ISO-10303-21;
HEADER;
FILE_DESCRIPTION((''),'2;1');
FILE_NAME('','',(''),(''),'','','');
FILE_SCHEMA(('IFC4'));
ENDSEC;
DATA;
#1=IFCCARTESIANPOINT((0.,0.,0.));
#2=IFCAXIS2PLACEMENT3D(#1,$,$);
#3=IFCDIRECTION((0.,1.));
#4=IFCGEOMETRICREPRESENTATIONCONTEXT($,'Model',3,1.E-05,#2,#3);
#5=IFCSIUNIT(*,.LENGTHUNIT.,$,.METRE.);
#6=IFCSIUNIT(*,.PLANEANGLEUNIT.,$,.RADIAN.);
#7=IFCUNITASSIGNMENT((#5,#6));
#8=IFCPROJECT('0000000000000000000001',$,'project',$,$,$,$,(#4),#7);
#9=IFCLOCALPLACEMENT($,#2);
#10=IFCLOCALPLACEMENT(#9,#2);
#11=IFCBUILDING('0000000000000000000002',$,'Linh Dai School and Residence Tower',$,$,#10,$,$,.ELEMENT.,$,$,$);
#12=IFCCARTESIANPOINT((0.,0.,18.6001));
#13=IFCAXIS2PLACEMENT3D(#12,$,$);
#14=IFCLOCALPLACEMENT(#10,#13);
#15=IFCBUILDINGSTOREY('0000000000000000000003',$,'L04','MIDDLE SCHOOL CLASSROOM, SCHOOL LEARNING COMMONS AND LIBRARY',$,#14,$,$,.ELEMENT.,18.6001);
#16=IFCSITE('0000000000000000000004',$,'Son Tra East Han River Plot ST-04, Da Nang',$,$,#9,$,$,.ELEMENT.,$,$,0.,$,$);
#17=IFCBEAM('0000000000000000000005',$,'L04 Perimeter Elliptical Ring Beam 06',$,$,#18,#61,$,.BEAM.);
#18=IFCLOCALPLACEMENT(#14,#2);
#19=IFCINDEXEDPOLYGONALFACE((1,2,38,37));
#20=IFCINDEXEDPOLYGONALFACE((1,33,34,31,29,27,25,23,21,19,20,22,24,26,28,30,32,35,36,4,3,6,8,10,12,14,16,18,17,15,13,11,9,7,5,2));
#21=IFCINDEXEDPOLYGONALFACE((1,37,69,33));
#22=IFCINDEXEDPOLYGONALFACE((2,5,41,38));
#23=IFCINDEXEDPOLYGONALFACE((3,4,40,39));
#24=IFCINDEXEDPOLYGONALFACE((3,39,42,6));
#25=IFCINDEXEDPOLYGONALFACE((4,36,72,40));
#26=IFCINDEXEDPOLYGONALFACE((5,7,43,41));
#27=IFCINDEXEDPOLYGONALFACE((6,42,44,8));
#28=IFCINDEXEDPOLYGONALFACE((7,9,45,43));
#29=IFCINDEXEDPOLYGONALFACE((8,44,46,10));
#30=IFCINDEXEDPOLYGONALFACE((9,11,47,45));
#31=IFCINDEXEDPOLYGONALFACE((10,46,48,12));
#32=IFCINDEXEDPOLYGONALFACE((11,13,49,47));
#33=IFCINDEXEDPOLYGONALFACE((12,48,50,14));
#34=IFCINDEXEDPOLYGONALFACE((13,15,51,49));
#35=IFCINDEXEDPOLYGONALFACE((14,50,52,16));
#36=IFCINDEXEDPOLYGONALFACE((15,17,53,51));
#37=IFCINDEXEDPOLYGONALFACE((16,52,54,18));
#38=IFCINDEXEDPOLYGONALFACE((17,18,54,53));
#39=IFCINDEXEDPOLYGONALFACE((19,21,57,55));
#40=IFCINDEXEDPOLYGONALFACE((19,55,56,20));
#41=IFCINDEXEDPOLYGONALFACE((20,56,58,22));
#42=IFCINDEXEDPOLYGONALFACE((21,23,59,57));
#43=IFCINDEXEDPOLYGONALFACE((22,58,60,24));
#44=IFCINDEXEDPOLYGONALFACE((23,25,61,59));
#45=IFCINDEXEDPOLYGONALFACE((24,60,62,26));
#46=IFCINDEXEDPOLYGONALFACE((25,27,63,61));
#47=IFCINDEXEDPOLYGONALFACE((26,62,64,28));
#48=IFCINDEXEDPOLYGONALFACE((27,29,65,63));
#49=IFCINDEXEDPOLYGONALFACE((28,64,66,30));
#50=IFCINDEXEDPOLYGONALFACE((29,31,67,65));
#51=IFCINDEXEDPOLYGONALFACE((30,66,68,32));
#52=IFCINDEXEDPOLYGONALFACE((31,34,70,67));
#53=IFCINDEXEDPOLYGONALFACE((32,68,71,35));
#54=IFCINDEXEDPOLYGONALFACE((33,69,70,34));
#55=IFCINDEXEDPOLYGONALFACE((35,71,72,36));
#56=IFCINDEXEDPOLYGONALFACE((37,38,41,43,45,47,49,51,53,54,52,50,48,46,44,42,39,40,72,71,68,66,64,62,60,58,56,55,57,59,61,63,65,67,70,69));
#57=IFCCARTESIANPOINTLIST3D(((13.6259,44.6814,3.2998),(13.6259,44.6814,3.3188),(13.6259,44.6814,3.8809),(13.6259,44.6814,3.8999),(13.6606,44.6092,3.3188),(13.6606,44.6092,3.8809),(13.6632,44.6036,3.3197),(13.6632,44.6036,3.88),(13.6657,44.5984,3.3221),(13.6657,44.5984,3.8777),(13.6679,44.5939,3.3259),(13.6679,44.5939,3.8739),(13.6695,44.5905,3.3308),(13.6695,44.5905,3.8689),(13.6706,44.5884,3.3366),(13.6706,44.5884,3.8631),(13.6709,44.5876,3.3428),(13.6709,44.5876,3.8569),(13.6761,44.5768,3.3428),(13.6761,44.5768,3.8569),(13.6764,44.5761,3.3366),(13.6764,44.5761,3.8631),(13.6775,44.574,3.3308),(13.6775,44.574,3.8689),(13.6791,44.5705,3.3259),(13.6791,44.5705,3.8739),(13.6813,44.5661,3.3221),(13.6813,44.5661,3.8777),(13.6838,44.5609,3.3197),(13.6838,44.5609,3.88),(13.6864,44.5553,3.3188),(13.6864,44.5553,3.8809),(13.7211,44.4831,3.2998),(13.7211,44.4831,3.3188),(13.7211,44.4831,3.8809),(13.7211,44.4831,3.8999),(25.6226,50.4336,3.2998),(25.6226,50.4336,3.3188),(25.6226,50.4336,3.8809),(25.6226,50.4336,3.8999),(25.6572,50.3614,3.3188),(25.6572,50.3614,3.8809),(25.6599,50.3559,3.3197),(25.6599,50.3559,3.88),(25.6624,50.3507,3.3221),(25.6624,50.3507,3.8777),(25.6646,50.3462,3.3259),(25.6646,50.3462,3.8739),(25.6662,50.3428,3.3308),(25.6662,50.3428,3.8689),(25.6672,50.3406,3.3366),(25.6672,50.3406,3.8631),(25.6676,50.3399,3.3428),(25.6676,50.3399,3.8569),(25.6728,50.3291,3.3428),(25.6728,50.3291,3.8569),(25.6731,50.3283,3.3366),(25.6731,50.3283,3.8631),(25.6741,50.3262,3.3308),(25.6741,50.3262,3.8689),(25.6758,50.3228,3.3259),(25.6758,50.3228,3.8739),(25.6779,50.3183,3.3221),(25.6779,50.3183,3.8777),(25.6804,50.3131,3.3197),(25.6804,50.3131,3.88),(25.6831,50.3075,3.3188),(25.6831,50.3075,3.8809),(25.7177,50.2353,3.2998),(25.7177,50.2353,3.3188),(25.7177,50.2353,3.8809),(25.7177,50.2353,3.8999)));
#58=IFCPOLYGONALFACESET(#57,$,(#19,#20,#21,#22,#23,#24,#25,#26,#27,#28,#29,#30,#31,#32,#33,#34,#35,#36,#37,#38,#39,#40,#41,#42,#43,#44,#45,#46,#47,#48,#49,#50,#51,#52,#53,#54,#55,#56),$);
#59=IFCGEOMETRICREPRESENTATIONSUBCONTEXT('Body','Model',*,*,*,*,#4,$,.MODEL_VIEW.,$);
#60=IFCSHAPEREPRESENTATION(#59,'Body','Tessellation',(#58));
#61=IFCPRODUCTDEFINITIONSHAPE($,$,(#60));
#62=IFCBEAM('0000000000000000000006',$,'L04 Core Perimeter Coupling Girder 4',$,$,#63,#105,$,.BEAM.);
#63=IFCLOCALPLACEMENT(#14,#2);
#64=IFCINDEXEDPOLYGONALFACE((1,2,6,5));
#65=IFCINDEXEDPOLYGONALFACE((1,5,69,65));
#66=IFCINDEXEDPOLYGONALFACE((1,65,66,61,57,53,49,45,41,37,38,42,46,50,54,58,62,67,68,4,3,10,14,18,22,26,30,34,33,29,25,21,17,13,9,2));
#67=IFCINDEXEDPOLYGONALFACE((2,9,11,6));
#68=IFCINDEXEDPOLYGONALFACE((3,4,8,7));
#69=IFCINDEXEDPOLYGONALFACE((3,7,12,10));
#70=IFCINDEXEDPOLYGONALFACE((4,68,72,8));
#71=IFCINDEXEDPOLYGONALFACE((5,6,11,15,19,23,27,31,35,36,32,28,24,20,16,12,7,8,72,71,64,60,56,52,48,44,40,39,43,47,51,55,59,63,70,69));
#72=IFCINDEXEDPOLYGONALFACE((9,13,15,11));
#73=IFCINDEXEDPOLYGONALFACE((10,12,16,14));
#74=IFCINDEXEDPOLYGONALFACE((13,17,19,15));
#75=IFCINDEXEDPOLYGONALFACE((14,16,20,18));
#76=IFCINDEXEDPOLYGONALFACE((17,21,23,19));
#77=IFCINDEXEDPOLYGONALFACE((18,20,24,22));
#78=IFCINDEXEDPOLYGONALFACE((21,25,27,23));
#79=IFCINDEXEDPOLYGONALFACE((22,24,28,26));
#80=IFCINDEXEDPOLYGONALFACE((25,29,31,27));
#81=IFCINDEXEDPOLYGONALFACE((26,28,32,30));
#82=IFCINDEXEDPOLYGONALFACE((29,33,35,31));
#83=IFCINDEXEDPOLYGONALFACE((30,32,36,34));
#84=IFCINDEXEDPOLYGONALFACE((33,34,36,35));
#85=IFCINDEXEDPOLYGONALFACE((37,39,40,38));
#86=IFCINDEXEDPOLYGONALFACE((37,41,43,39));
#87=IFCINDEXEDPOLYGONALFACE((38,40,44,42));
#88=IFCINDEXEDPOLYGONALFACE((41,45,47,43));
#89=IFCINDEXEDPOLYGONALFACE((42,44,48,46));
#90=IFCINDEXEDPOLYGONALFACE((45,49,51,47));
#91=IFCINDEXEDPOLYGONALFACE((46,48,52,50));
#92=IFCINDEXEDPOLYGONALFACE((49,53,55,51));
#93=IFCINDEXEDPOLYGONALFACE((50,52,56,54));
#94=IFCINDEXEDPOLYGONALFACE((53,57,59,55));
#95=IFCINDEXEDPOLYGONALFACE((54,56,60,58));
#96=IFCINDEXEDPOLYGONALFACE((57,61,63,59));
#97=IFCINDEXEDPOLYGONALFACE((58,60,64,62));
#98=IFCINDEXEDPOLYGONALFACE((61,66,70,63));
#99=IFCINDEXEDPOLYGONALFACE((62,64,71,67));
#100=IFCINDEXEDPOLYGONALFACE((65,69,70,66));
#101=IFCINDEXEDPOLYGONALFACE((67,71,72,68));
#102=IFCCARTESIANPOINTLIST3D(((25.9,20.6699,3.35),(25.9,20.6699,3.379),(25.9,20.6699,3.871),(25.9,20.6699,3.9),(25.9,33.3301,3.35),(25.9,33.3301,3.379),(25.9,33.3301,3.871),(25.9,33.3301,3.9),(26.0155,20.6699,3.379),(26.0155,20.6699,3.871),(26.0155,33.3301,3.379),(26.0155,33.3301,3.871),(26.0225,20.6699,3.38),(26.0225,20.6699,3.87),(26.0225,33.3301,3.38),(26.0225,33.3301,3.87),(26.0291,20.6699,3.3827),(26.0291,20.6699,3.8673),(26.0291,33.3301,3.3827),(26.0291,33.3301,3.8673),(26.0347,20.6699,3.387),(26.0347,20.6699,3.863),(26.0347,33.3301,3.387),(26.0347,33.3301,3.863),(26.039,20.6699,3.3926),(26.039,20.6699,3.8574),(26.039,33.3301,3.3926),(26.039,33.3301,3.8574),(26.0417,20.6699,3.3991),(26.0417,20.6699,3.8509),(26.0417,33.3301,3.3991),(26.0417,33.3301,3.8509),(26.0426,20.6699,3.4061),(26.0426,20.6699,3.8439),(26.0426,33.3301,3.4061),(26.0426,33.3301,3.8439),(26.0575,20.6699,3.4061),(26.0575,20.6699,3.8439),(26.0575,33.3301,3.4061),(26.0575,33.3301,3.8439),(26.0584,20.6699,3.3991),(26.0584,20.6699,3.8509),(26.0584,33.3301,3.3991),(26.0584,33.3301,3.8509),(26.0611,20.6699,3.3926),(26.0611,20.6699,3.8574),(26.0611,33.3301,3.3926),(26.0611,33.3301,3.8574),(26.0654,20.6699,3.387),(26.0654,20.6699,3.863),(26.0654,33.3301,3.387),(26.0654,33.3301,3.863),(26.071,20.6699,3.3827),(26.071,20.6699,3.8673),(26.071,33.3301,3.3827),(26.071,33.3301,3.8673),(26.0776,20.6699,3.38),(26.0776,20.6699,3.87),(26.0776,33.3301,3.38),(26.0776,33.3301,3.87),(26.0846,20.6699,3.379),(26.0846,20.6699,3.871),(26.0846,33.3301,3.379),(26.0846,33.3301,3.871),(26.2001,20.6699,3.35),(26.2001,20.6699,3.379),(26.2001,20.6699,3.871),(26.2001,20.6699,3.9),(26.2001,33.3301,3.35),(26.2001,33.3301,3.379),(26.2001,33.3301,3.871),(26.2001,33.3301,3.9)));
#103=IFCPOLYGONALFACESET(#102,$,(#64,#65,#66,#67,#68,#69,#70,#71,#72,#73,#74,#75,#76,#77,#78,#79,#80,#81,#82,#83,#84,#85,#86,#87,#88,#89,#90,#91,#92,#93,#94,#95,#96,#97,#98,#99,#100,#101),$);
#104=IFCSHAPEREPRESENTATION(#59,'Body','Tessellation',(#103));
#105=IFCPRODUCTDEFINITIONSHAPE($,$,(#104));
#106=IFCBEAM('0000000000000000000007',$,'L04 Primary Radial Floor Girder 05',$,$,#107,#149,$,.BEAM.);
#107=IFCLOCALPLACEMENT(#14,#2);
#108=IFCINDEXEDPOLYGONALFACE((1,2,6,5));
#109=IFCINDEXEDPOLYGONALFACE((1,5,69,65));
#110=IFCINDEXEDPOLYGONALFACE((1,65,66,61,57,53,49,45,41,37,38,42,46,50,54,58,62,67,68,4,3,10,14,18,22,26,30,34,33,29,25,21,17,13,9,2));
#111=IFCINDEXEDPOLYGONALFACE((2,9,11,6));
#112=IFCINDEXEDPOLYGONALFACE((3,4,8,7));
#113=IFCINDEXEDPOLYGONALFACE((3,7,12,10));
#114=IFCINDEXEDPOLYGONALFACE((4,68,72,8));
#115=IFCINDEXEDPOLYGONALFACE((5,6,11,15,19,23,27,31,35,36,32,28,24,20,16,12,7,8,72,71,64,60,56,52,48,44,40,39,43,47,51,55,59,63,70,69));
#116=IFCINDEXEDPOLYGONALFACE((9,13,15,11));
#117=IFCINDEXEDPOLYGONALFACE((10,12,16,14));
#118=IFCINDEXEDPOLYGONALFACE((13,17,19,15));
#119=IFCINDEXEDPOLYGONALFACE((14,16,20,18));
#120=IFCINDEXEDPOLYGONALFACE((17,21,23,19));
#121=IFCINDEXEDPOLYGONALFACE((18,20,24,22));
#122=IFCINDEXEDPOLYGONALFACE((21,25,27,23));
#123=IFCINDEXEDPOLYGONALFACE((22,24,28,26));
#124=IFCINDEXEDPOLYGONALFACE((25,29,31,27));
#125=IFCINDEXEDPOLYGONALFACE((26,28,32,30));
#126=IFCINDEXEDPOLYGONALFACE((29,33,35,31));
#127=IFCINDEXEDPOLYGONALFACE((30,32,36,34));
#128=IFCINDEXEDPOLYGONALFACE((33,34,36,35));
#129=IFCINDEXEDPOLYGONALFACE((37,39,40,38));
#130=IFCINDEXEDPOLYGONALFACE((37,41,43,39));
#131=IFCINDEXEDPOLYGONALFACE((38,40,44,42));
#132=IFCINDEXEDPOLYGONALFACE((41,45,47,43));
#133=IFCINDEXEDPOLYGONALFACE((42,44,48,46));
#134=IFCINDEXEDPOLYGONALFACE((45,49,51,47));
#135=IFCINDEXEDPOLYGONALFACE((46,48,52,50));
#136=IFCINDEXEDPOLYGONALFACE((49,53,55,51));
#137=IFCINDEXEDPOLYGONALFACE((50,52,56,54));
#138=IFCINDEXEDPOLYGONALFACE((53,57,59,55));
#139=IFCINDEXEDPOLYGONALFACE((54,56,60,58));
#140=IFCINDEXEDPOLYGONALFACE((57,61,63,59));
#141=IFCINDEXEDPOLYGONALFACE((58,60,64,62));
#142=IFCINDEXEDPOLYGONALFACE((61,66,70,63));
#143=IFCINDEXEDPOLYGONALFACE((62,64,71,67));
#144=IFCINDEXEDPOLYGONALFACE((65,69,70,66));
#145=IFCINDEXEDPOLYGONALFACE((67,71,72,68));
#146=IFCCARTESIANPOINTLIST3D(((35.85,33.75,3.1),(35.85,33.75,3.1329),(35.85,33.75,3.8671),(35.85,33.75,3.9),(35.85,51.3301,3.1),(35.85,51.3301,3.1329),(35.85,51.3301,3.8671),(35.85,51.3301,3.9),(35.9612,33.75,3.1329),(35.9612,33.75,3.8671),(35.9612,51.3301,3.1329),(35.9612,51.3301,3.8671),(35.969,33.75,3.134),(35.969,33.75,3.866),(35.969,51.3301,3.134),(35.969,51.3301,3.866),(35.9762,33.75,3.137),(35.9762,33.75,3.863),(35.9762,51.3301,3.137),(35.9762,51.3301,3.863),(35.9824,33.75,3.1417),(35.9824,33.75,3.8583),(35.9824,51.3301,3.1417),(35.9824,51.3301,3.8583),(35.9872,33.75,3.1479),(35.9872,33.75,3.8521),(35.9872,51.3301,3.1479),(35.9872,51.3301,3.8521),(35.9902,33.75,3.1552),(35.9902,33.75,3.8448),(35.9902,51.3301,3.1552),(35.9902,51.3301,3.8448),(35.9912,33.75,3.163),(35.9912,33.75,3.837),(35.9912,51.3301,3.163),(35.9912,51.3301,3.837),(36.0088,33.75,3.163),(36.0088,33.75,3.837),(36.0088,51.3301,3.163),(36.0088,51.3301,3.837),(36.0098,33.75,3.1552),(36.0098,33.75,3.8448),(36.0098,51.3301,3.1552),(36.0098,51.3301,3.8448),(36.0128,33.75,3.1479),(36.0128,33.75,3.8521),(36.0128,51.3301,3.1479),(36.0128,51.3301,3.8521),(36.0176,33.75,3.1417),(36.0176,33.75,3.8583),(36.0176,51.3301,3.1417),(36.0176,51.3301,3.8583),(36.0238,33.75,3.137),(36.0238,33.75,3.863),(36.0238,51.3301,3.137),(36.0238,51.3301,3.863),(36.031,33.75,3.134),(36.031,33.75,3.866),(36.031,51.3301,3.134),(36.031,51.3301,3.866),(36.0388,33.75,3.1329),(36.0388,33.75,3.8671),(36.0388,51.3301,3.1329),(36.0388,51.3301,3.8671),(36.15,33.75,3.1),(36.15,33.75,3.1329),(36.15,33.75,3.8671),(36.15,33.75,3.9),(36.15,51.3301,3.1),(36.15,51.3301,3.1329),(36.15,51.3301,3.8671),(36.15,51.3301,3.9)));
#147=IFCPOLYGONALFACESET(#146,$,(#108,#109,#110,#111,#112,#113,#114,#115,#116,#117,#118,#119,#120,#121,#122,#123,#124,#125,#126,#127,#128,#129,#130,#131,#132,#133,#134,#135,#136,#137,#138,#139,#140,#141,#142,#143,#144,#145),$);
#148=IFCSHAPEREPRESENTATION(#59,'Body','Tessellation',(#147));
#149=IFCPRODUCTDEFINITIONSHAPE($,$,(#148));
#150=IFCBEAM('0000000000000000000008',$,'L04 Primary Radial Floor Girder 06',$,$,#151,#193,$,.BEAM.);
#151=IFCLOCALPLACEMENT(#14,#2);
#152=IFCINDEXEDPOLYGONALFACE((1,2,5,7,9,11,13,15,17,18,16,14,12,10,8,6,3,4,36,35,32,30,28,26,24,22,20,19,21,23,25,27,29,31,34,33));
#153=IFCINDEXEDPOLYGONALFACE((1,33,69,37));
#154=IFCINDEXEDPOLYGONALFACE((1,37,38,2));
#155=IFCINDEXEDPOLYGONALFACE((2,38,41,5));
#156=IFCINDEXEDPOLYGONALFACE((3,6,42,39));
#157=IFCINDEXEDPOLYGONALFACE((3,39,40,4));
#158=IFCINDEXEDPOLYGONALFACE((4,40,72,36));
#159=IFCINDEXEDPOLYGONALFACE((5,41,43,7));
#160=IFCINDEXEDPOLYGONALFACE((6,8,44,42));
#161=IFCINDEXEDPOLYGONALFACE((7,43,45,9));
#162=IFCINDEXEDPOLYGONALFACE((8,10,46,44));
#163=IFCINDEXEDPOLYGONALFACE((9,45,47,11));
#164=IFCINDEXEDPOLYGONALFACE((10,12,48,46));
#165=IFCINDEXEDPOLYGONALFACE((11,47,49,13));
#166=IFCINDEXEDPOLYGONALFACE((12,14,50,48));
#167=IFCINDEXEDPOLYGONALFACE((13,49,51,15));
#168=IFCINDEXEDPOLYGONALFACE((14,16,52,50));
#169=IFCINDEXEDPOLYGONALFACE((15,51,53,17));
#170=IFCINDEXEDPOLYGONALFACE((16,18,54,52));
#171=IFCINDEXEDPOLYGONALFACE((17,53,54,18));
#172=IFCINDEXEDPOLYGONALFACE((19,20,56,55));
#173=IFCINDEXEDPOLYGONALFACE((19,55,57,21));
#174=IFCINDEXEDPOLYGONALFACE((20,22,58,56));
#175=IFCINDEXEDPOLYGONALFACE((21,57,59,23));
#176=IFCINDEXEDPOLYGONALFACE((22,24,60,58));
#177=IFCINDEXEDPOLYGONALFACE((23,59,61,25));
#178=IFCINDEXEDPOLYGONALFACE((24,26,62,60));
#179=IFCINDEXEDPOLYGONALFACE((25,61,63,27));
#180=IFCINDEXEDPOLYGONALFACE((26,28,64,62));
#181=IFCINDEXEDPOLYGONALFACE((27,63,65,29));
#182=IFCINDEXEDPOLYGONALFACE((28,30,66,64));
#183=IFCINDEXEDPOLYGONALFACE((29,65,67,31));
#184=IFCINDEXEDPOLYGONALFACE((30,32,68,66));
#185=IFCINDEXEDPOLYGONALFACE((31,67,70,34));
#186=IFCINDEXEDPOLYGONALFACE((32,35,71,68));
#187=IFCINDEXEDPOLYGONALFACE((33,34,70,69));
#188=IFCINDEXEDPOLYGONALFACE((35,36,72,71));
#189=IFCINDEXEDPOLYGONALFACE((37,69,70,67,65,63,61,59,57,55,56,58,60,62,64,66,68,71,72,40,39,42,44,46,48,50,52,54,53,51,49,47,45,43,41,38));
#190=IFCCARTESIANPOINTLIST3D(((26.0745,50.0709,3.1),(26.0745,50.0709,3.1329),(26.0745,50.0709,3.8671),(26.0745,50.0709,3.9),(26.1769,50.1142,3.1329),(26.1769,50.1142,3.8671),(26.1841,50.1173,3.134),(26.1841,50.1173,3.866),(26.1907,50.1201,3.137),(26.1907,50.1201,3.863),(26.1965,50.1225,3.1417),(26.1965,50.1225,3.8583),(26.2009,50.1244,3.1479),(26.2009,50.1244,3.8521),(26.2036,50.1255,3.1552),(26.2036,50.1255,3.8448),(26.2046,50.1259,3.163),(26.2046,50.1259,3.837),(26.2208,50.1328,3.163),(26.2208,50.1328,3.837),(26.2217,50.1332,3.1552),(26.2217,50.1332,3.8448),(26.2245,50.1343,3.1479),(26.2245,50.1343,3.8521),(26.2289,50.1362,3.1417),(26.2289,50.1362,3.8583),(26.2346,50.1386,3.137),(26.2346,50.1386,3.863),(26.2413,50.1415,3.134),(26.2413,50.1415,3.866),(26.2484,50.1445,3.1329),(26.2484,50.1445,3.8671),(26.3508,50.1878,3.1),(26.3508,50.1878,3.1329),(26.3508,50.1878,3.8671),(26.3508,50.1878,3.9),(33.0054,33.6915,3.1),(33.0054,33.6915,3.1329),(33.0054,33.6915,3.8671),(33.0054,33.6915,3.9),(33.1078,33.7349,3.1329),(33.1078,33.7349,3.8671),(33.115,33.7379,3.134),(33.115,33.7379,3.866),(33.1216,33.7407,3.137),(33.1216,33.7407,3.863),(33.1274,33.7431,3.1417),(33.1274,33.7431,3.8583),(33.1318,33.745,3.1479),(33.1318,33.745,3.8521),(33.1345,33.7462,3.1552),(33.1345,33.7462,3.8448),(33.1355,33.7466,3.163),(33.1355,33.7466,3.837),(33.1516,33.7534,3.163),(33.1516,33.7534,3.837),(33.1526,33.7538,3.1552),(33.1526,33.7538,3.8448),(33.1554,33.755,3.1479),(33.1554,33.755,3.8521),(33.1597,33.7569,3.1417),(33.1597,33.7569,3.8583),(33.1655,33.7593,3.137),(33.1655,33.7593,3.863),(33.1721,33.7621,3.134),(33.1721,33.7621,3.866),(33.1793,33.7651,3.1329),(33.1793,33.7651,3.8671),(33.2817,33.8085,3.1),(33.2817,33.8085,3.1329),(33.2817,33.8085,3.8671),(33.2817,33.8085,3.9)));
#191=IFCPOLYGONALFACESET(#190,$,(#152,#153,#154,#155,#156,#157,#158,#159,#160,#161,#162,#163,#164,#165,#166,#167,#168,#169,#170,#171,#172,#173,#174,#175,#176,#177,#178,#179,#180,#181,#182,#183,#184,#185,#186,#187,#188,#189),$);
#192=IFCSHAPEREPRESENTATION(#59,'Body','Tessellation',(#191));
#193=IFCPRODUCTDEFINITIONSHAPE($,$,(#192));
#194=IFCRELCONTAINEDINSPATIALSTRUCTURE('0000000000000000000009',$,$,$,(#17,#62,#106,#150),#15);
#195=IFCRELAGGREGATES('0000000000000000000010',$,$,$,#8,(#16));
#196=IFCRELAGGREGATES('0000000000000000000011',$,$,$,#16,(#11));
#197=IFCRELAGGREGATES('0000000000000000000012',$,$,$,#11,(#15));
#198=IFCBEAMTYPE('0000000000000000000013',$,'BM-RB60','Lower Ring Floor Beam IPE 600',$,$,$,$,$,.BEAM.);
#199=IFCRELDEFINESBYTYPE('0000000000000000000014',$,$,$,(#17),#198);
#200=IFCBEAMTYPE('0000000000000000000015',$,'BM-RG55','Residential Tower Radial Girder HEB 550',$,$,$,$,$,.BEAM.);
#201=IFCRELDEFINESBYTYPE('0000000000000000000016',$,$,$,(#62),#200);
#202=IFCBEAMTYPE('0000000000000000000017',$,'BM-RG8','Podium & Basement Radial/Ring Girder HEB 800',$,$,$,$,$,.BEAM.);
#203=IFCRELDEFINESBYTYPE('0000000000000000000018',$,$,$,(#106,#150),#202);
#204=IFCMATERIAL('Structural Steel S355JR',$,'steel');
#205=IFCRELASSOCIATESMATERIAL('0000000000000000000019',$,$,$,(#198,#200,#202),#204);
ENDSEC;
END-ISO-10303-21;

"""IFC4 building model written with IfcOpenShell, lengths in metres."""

from ifc_helpers import new_model, si_unit, direction, frame, origin, origin_2d, place, context, subcontext, project, spatial, i_section, extrude, material, material_profile, profile_set, type_object, element, save


model = new_model("IFC4")

# Units and contexts
model_context = context("Model", 3, precision=1e-05, world=origin(), true_north=direction((0.0, 1.0)))
body_context = subcontext(model_context, "Body", "Model", "MODEL_VIEW")
ifc_project = project(units=[si_unit("LENGTHUNIT", "METRE"), si_unit("PLANEANGLEUNIT", "RADIAN")], contexts=[model_context])

# Site, building, storey
site_placement = place(None, origin())
site = spatial("IfcSite", under=ifc_project, at=site_placement, Name="Son Tra East Han River Plot ST-04, Da Nang", CompositionType="ELEMENT", RefElevation=0.0)
building_placement = place(site_placement, origin())
building = spatial("IfcBuilding", under=site, at=building_placement, Name="Linh Dai School and Residence Tower", CompositionType="ELEMENT")
storey_placement = place(building_placement, frame((0.0, 0.0, 18.6001)))
storey = spatial("IfcBuildingStorey", under=building, at=storey_placement, Name="L04", Description="MIDDLE SCHOOL CLASSROOM, SCHOOL LEARNING COMMONS AND LIBRARY", CompositionType="ELEMENT", Elevation=18.6001)

# Shared definitions
ifc_material_1 = material(Name="Structural Steel S355JR", Category="steel")

# Beams
ifc_material_profile_1 = material_profile(ifc_material_1, i_section(OverallWidth=0.22, OverallDepth=0.6001, WebThickness=0.012, FlangeThickness=0.019, FilletRadius=0.0239, at=origin_2d()), Name="IPE 600")
ifc_profile_set_1 = profile_set([ifc_material_profile_1], Name="Structural Steel S355JR")
beam_type_1 = type_object("IfcBeamType", Name="BM-RB60", Description="Lower Ring Floor Beam IPE 600", PredefinedType="BEAM", material=ifc_profile_set_1)
beam_1_placement = place(storey_placement, frame((25.6702, 50.3345, 3.5999), z_axis=(-0.901704, -0.432355, 0.0), x_axis=(0.432355, -0.901704, 0.0)))
element("IfcBeam", 1, at=beam_1_placement, inside=storey, type_object=beam_type_1, Name="L04 Perimeter Elliptical Ring Beam 06", PredefinedType="BEAM", context=body_context, shape_type="SweptSolid", body=[
    extrude(i_section(OverallWidth=0.22, OverallDepth=0.6001, WebThickness=0.012, FlangeThickness=0.019, FilletRadius=0.0239, at=origin_2d()), origin(), (0.0, 0.0, 1.0), 13.3044),
])
ifc_material_profile_2 = material_profile(ifc_material_1, i_section(OverallWidth=0.3, OverallDepth=0.55, WebThickness=0.0149, FlangeThickness=0.0291, FilletRadius=0.0271, at=origin_2d()), Name="HEB 550")
ifc_profile_set_2 = profile_set([ifc_material_profile_2], Name="Structural Steel S355JR")
beam_type_2 = type_object("IfcBeamType", Name="BM-RG55", Description="Residential Tower Radial Girder HEB 550", PredefinedType="BEAM", material=ifc_profile_set_2)
beam_2_placement = place(storey_placement, frame((26.05, 33.3301, 3.625), z_axis=(0.0, -1.0, 0.0), x_axis=(1.0, 0.0, 0.0)))
element("IfcBeam", 2, at=beam_2_placement, inside=storey, type_object=beam_type_2, Name="L04 Core Perimeter Coupling Girder 4", PredefinedType="BEAM", context=body_context, shape_type="SweptSolid", body=[
    extrude(i_section(OverallWidth=0.3, OverallDepth=0.55, WebThickness=0.0149, FlangeThickness=0.0291, FilletRadius=0.0271, at=origin_2d()), origin(), (0.0, 0.0, 1.0), 12.6602),
])
ifc_material_profile_3 = material_profile(ifc_material_1, i_section(OverallWidth=0.3, OverallDepth=0.8, WebThickness=0.0176, FlangeThickness=0.033, FilletRadius=0.03, at=origin_2d()), Name="HEB 800")
ifc_profile_set_3 = profile_set([ifc_material_profile_3], Name="Structural Steel S355JR")
beam_type_3 = type_object("IfcBeamType", Name="BM-RG8", Description="Podium & Basement Radial/Ring Girder HEB 800", PredefinedType="BEAM", material=ifc_profile_set_3)
beam_3_placement = place(storey_placement, frame((36.0, 33.75, 3.5), z_axis=(0.0, 1.0, 0.0), x_axis=(-1.0, 0.0, 0.0)))
element("IfcBeam", 3, at=beam_3_placement, inside=storey, type_object=beam_type_3, Name="L04 Primary Radial Floor Girder 05", PredefinedType="BEAM", context=body_context, shape_type="SweptSolid", body=[
    extrude(i_section(OverallWidth=0.3, OverallDepth=0.8, WebThickness=0.0176, FlangeThickness=0.033, FilletRadius=0.03, at=origin_2d()), origin(), (0.0, 0.0, 1.0), 17.5801),
])
beam_4_placement = place(storey_placement, frame((33.1436, 33.75, 3.5), z_axis=(-0.389696, 0.920944, 0.0), x_axis=(-0.920944, -0.389696, 0.0)))
element("IfcBeam", 4, at=beam_4_placement, inside=storey, type_object=beam_type_3, Name="L04 Primary Radial Floor Girder 06", PredefinedType="BEAM", context=body_context, shape_type="SweptSolid", body=[
    extrude(i_section(OverallWidth=0.3, OverallDepth=0.8, WebThickness=0.0176, FlangeThickness=0.033, FilletRadius=0.03, at=origin_2d()), origin(), (0.0, 0.0, 1.0), 17.7854),
])

save(model, "model.ifc")
